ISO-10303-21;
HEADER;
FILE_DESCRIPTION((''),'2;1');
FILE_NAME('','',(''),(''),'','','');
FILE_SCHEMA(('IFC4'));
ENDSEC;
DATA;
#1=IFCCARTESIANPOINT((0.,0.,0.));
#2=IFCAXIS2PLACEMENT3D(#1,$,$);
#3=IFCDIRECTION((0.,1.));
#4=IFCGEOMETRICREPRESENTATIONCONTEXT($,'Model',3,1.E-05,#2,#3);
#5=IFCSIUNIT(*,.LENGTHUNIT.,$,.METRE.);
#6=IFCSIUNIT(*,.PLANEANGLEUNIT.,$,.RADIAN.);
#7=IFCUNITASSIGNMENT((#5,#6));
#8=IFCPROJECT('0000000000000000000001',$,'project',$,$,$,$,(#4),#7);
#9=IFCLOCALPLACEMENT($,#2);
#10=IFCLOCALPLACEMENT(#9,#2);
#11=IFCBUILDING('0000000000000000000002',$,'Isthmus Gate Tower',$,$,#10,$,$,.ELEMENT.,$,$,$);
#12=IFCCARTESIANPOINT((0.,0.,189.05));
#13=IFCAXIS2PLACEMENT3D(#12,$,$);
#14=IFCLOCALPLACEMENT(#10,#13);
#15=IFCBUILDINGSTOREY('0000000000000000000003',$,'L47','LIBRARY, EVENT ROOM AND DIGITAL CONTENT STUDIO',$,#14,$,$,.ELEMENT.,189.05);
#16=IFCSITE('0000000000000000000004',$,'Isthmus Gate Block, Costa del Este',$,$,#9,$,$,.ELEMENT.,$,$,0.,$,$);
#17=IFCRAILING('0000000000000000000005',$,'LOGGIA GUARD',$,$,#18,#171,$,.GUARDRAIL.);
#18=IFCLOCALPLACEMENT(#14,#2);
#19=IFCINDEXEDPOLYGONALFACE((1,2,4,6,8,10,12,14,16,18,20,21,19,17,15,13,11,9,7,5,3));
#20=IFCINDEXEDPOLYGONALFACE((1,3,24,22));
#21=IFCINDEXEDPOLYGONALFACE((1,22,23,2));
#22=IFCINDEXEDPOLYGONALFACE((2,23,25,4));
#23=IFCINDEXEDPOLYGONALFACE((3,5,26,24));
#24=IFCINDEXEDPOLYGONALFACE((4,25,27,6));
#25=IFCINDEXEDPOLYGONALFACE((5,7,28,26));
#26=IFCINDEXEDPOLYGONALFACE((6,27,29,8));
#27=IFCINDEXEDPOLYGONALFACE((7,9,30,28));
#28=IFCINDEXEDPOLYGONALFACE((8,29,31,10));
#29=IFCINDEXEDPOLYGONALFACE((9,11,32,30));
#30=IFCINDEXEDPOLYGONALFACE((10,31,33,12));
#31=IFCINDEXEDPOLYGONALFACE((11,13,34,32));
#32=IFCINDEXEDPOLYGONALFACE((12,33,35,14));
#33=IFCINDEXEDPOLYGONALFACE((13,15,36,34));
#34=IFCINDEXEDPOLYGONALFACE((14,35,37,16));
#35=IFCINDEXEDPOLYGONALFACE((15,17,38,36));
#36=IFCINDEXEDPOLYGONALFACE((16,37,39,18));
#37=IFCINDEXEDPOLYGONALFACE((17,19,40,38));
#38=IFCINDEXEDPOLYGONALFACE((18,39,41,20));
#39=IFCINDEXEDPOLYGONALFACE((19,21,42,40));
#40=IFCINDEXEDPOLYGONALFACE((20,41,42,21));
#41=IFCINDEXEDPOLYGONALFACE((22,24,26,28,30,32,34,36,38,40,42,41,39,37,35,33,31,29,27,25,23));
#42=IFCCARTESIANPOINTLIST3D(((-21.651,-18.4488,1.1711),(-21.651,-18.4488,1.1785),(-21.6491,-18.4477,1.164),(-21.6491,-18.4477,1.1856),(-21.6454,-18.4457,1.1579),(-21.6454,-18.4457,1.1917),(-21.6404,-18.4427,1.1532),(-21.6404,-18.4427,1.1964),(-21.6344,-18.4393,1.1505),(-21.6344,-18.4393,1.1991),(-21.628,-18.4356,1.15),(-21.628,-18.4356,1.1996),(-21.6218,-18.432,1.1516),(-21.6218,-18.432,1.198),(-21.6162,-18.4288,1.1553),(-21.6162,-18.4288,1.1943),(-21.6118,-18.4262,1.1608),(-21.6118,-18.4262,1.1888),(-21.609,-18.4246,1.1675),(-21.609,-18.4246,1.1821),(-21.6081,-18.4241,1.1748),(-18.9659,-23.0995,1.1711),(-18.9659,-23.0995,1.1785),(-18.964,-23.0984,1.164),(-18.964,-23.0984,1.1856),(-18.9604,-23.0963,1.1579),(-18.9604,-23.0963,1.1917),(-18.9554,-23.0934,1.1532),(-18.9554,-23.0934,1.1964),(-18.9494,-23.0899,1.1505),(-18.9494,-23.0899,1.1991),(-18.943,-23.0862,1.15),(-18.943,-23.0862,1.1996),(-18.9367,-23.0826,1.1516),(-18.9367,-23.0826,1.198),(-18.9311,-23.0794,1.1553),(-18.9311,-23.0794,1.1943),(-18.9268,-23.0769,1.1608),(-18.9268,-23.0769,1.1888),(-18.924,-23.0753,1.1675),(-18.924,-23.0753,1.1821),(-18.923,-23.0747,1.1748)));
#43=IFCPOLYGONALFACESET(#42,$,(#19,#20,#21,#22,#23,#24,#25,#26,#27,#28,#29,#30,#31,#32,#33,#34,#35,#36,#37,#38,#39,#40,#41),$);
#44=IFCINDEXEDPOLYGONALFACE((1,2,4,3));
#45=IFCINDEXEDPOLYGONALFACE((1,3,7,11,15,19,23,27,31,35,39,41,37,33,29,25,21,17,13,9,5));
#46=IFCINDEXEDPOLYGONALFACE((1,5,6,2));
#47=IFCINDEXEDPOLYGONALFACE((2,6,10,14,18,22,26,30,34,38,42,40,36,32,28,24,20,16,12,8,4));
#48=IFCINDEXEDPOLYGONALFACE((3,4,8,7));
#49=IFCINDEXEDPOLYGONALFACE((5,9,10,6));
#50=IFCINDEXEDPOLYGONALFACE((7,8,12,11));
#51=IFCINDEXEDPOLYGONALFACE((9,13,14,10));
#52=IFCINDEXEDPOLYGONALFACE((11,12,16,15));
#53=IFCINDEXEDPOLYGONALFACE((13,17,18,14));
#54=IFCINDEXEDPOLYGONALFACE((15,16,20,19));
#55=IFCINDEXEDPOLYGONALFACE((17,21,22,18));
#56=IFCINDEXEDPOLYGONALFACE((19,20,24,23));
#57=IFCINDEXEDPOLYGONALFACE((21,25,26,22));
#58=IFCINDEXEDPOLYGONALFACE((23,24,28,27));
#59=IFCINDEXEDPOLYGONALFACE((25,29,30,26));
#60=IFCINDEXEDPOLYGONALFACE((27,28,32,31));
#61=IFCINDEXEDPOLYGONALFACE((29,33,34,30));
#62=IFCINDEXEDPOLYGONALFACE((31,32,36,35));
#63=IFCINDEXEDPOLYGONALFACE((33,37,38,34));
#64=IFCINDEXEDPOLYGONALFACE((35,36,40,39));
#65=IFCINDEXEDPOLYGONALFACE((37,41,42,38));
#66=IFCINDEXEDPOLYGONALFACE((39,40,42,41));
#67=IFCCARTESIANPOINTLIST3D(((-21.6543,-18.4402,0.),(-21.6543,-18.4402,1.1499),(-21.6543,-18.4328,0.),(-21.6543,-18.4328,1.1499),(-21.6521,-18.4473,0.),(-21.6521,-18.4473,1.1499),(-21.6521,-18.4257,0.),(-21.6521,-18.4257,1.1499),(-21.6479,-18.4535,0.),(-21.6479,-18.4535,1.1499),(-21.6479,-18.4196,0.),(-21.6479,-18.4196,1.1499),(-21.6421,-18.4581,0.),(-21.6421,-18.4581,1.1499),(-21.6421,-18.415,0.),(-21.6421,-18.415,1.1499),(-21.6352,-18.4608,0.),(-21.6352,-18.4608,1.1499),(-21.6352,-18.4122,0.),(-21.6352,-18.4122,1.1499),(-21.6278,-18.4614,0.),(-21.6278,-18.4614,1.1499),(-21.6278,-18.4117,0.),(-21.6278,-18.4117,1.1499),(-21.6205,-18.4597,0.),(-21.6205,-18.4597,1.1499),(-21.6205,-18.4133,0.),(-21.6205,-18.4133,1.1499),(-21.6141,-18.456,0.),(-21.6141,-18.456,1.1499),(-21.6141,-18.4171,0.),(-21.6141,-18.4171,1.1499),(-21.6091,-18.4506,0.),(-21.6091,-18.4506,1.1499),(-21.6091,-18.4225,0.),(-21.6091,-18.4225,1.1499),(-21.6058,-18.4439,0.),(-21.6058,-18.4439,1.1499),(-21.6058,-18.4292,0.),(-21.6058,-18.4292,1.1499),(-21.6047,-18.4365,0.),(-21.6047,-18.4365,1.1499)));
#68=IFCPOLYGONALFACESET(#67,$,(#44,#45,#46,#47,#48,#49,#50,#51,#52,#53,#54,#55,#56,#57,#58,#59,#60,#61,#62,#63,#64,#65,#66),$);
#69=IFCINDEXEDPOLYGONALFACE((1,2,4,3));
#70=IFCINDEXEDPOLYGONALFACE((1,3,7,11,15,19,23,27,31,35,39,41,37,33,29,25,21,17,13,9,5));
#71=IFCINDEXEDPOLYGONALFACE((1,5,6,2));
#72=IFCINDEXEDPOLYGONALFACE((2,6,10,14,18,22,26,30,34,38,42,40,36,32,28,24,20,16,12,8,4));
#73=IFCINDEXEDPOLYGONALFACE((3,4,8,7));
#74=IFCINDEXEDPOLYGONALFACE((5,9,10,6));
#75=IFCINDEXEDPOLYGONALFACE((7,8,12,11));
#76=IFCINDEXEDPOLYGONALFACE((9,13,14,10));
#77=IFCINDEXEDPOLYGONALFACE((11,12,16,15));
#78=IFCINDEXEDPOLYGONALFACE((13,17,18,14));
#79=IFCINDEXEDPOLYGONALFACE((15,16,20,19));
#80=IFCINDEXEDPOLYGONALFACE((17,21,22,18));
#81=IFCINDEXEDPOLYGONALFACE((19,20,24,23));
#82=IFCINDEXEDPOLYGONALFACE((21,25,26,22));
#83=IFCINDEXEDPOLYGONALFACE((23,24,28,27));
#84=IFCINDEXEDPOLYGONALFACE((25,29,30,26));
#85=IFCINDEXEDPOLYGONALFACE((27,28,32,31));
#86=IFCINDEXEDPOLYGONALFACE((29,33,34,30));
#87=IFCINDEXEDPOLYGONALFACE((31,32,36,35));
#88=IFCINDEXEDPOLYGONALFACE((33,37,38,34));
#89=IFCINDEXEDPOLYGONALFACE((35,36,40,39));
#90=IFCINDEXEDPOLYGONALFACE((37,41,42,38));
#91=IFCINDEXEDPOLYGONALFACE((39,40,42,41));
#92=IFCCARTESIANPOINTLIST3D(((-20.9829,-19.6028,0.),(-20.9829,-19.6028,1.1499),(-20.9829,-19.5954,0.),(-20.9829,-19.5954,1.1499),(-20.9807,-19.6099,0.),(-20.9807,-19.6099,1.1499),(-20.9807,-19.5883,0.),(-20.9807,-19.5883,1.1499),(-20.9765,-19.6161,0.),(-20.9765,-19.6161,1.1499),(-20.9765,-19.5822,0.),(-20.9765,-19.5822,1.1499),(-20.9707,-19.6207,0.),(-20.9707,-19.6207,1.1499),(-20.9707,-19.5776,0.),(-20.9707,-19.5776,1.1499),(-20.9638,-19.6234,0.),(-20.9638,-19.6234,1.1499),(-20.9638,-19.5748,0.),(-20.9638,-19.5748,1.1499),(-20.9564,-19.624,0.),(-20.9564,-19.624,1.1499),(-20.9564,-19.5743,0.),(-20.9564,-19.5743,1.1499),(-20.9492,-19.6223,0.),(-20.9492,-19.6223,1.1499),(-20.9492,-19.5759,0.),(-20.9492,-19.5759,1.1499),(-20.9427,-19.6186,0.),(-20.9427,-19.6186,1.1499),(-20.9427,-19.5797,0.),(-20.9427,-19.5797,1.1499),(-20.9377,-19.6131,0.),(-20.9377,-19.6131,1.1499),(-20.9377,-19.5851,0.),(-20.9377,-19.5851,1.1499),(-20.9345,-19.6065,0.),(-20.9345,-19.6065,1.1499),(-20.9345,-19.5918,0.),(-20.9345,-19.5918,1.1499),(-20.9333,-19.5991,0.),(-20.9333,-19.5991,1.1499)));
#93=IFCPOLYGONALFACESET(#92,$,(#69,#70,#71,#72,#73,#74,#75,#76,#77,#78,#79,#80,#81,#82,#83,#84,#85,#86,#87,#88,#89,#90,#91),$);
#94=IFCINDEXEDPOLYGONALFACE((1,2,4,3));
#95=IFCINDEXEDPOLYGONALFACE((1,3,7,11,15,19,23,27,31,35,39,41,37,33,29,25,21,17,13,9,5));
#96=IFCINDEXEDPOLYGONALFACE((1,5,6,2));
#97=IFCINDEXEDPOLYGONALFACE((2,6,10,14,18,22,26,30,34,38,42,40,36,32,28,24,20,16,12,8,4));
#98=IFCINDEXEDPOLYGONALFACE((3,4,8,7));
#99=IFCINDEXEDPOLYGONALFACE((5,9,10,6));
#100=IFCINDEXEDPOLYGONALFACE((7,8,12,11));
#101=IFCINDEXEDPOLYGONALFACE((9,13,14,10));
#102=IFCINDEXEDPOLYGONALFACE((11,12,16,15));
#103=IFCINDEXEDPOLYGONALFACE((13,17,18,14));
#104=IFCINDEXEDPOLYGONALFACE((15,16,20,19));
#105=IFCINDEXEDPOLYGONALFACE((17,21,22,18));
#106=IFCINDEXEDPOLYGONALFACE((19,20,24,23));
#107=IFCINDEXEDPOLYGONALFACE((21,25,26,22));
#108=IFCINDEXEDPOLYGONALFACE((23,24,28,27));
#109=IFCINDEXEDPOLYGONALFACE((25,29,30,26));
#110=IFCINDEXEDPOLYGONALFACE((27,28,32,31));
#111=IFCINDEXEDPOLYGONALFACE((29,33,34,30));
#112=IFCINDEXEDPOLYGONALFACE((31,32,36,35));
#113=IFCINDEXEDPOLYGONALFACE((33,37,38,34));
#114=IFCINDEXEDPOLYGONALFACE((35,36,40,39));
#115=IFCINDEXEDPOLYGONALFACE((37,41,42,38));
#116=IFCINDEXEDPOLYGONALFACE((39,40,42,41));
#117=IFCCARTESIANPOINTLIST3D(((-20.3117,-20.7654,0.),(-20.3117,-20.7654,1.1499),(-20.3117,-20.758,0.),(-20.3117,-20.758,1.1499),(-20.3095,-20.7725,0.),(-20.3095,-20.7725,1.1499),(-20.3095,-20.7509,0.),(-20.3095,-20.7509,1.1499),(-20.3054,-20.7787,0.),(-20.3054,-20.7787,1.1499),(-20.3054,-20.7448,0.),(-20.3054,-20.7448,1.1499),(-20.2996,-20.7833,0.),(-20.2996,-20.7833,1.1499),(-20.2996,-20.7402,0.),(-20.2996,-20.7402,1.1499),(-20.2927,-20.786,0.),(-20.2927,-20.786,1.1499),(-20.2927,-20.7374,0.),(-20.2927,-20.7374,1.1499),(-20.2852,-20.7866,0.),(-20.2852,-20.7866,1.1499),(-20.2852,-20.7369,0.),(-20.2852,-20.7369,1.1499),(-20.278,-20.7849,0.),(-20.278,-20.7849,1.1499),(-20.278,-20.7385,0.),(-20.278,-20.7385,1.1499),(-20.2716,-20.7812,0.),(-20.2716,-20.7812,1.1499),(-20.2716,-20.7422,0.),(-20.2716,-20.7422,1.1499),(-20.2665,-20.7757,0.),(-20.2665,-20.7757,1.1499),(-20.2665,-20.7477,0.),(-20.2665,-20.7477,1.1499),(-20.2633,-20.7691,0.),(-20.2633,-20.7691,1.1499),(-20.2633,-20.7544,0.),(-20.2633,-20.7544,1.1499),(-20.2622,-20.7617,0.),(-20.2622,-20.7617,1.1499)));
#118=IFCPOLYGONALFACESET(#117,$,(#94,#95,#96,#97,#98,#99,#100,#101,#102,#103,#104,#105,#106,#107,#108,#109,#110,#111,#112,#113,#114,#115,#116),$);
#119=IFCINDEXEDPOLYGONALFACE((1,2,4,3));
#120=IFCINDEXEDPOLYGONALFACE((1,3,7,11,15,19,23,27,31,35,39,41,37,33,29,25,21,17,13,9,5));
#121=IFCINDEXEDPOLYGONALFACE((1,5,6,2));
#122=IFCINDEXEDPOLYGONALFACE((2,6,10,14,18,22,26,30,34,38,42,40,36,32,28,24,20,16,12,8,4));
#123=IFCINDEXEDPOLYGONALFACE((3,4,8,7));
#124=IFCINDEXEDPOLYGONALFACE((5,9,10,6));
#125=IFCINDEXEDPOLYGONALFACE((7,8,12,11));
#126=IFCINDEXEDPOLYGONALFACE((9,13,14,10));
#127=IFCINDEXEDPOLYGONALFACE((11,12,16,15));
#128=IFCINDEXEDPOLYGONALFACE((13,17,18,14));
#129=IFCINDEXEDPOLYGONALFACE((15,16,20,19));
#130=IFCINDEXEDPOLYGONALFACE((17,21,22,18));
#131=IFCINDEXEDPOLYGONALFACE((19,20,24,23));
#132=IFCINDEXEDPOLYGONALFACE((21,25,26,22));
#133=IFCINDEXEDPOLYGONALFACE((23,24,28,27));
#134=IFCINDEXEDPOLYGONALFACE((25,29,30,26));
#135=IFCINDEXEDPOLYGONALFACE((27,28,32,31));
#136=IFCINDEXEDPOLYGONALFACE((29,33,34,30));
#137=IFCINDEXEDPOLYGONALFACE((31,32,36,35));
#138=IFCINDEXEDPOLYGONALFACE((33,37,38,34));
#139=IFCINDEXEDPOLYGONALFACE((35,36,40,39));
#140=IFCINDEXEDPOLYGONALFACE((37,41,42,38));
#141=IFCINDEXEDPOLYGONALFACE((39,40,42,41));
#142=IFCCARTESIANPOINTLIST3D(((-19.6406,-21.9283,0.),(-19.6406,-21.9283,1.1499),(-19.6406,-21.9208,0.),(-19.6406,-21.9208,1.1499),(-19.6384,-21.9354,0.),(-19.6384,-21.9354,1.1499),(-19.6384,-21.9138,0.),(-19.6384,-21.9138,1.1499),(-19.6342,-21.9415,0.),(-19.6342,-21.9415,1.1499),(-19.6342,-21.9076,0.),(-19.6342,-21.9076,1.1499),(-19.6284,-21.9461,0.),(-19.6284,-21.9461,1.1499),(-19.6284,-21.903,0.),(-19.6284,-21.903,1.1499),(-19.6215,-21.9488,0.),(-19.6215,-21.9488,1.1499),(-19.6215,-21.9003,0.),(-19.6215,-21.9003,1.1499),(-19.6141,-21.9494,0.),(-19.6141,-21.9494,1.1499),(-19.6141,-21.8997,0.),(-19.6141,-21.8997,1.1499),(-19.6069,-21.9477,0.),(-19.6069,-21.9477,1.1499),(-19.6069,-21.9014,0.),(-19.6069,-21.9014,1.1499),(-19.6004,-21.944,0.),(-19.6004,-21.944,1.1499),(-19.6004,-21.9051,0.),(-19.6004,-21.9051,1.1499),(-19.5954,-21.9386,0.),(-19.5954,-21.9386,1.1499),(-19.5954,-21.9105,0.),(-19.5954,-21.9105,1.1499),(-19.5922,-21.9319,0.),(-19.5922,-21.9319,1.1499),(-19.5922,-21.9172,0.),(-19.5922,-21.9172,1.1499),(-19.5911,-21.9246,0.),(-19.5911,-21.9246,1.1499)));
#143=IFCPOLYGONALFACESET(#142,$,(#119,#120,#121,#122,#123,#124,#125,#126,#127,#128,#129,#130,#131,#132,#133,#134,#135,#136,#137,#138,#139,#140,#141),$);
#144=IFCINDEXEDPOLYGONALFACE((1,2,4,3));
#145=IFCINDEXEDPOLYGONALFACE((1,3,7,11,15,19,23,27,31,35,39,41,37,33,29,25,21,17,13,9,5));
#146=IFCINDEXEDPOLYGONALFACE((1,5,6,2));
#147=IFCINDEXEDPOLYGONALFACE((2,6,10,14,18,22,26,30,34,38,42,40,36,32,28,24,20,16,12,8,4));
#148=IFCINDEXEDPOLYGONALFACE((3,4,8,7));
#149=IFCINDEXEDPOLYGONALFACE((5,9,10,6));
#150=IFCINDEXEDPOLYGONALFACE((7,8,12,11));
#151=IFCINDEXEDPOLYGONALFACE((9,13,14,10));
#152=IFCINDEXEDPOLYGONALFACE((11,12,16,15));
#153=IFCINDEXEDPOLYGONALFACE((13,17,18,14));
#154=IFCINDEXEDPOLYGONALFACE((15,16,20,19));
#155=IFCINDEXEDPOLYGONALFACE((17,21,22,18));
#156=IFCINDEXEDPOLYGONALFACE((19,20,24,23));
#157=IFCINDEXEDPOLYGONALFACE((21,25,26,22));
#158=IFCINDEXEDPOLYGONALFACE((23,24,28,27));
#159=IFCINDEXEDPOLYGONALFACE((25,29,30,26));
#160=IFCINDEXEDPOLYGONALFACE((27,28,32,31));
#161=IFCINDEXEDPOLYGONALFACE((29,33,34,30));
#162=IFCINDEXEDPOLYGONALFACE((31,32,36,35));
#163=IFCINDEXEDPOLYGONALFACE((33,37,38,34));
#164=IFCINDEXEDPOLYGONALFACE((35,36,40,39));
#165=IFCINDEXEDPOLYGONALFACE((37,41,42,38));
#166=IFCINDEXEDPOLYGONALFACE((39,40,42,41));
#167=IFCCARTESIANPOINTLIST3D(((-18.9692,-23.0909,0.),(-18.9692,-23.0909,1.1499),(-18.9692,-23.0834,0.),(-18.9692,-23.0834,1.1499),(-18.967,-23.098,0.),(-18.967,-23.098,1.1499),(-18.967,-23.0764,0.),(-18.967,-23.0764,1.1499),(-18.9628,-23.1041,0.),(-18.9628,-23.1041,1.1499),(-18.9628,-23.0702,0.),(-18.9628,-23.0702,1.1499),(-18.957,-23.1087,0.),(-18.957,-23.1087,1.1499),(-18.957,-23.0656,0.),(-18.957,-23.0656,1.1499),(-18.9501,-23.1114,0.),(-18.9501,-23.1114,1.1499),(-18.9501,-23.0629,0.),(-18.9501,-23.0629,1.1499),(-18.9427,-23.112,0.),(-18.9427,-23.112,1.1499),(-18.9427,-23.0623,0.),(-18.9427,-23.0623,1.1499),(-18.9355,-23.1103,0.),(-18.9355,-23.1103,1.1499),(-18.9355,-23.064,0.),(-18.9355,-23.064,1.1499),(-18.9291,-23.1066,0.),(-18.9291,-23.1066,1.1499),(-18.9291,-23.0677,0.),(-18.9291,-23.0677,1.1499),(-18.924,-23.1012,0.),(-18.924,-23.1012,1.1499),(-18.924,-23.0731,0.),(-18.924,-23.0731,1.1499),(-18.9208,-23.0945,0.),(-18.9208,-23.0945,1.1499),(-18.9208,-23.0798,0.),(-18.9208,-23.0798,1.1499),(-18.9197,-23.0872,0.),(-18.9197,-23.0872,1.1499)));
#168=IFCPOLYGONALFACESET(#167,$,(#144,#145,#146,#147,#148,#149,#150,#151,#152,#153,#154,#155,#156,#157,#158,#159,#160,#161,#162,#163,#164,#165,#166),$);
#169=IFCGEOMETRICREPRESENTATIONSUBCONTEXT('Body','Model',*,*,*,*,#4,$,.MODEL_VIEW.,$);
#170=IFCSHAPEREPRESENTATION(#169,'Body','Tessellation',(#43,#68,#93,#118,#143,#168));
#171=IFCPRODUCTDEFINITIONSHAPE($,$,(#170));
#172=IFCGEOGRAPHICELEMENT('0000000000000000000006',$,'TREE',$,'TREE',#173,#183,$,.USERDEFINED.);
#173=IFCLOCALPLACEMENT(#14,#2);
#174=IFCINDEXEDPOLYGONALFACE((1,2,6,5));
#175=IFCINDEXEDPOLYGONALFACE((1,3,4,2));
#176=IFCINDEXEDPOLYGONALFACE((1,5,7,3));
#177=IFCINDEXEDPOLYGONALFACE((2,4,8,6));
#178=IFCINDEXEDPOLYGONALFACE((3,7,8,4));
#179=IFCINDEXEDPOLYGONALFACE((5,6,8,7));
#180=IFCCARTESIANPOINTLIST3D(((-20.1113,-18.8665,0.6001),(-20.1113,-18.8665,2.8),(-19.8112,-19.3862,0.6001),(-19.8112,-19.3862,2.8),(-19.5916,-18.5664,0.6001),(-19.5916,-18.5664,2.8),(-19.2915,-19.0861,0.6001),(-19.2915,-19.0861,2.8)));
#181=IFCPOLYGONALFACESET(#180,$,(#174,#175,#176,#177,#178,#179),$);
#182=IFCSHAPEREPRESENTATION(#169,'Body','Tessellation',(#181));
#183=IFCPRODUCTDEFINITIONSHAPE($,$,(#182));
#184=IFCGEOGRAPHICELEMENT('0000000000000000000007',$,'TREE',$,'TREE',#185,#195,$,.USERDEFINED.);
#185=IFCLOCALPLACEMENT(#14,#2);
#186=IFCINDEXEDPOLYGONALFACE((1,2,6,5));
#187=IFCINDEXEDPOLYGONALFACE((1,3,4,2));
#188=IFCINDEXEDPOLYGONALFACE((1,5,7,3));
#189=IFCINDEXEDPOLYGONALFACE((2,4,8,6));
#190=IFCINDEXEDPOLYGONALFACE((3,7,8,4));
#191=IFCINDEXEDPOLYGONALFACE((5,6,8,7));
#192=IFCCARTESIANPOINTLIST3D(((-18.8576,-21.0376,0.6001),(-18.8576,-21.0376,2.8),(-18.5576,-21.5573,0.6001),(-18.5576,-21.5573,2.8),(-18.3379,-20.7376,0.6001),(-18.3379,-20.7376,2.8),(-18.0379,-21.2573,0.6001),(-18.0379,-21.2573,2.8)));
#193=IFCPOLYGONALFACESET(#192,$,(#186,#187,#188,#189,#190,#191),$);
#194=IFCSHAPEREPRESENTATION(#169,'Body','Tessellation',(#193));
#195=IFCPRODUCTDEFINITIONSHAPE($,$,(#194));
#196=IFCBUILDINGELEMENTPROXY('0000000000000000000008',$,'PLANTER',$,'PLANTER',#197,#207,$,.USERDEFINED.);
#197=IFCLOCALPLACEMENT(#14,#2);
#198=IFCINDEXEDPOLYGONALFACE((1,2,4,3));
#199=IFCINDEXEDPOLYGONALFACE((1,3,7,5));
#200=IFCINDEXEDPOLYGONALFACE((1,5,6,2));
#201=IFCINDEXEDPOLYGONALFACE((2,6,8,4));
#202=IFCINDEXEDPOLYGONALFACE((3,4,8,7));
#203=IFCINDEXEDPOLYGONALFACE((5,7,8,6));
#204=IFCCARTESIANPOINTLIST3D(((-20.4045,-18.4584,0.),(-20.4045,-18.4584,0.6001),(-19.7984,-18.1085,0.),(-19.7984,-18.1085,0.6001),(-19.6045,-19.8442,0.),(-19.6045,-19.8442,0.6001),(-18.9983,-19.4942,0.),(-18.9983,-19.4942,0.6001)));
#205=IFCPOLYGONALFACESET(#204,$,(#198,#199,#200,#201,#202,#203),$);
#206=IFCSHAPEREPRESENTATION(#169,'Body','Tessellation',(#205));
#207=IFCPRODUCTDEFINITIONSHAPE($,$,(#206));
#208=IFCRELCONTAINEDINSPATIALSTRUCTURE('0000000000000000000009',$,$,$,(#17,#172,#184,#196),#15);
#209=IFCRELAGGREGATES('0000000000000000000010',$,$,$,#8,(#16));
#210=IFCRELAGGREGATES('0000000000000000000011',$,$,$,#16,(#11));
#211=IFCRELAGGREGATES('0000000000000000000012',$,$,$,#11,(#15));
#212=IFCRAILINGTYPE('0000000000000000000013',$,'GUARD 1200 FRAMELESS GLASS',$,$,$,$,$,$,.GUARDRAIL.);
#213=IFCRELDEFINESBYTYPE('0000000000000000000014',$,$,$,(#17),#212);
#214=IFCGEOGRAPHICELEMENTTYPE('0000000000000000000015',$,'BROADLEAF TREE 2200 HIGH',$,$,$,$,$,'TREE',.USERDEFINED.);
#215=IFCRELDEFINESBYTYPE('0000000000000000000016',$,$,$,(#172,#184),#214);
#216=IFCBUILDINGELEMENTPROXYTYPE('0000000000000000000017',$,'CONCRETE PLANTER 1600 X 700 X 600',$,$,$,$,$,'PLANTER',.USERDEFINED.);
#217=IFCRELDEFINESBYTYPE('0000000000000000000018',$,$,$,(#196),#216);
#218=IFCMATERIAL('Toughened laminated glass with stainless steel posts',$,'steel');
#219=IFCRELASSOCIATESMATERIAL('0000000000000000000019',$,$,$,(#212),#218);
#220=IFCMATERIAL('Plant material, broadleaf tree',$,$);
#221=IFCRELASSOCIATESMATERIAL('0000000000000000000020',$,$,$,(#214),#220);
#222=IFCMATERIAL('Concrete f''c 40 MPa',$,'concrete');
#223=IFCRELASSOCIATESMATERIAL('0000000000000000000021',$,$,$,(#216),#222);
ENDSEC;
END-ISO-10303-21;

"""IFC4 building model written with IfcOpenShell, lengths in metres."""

from ifc_helpers import new_model, si_unit, direction, frame, origin, origin_2d, place, context, subcontext, project, spatial, rectangle, circle, extrude, material, type_object, element, save


model = new_model("IFC4")

# Units and contexts
model_context = context("Model", 3, precision=1e-05, world=origin(), true_north=direction((0.0, 1.0)))
body_context = subcontext(model_context, "Body", "Model", "MODEL_VIEW")
ifc_project = project(units=[si_unit("LENGTHUNIT", "METRE"), si_unit("PLANEANGLEUNIT", "RADIAN")], contexts=[model_context])

# Site, building, storey
site_placement = place(None, origin())
site = spatial("IfcSite", under=ifc_project, at=site_placement, Name="Isthmus Gate Block, Costa del Este", CompositionType="ELEMENT", RefElevation=0.0)
building_placement = place(site_placement, origin())
building = spatial("IfcBuilding", under=site, at=building_placement, Name="Isthmus Gate Tower", CompositionType="ELEMENT")
storey_placement = place(building_placement, frame((0.0, 0.0, 189.05)))
storey = spatial("IfcBuildingStorey", under=building, at=storey_placement, Name="L47", Description="LIBRARY, EVENT ROOM AND DIGITAL CONTENT STUDIO", CompositionType="ELEMENT", Elevation=189.05)

# Railing
ifc_material_1 = material(Name="Toughened laminated glass with stainless steel posts", Category="steel")
railing_type = type_object("IfcRailingType", Name="GUARD 1200 FRAMELESS GLASS", PredefinedType="GUARDRAIL", material=ifc_material_1)
railing_placement = place(storey_placement, frame((-21.6296, -18.4365, 0.0)))
element("IfcRailing", 1, at=railing_placement, inside=storey, type_object=railing_type, Name="LOGGIA GUARD", PredefinedType="GUARDRAIL", context=body_context, shape_type="SweptSolid", body=[
    extrude(circle(Radius=0.0249, at=origin_2d()), frame((0.0, 0.0, 1.1748), z_axis=(0.500002, -0.866024, 0.0), x_axis=(0.866024, 0.500002, 0.0)), (0.0, 0.0, 1.0), 5.3701),
    extrude(circle(Radius=0.0249, at=origin_2d()), origin(), (0.0, 0.0, 1.0), 1.1499),
    extrude(circle(Radius=0.0249, at=origin_2d()), frame((0.6714, -1.1626, 0.0)), (0.0, 0.0, 1.0), 1.1499),
    extrude(circle(Radius=0.0249, at=origin_2d()), frame((1.3425, -2.3252, 0.0)), (0.0, 0.0, 1.0), 1.1499),
    extrude(circle(Radius=0.0249, at=origin_2d()), frame((2.0137, -3.488, 0.0)), (0.0, 0.0, 1.0), 1.1499),
    extrude(circle(Radius=0.0249, at=origin_2d()), frame((2.6851, -4.6506, 0.0)), (0.0, 0.0, 1.0), 1.1499),
])

# Geographic elements
ifc_material_2 = material(Name="Plant material, broadleaf tree")
geographic_element_type = type_object("IfcGeographicElementType", Name="BROADLEAF TREE 2200 HIGH", ElementType="TREE", PredefinedType="USERDEFINED", material=ifc_material_2)
for number, where, z_axis, x_axis, name in (
    (2, (-19.7014, -18.9763, 0.6001), (0.0, 0.0, 1.0), (0.5, -0.866025, 0.0), "TREE"),
    (3, (-18.4478, -21.1475, 0.6001), (0.0, 0.0, 1.0), (0.5, -0.866025, 0.0), "TREE"),
):
    element("IfcGeographicElement", number, at=place(storey_placement, frame(where, z_axis=z_axis, x_axis=x_axis)), inside=storey, type_object=geographic_element_type, Name=name, ObjectType="TREE", PredefinedType="USERDEFINED", context=body_context, shape_type="SweptSolid", body=[
        extrude(rectangle(XDim=0.6001, YDim=0.6001, at=origin_2d()), origin(), (0.0, 0.0, 1.0), 2.2),
    ])

# Building element proxy
ifc_material_3 = material(Name="Concrete f'c 40 MPa", Category="concrete")
building_element_proxy_type = type_object("IfcBuildingElementProxyType", Name="CONCRETE PLANTER 1600 X 700 X 600", ElementType="PLANTER", PredefinedType="USERDEFINED", material=ifc_material_3)
for number, where, z_axis, x_axis, name in (
    (4, (-19.7014, -18.9763, 0.0), (0.0, 0.0, 1.0), (0.5, -0.866025, 0.0), "PLANTER"),
):
    element("IfcBuildingElementProxy", number, at=place(storey_placement, frame(where, z_axis=z_axis, x_axis=x_axis)), inside=storey, type_object=building_element_proxy_type, Name=name, ObjectType="PLANTER", PredefinedType="USERDEFINED", context=body_context, shape_type="SweptSolid", body=[
        extrude(rectangle(XDim=1.6001, YDim=0.7, at=origin_2d()), origin(), (0.0, 0.0, 1.0), 0.6001),
    ])

save(model, "model.ifc")
